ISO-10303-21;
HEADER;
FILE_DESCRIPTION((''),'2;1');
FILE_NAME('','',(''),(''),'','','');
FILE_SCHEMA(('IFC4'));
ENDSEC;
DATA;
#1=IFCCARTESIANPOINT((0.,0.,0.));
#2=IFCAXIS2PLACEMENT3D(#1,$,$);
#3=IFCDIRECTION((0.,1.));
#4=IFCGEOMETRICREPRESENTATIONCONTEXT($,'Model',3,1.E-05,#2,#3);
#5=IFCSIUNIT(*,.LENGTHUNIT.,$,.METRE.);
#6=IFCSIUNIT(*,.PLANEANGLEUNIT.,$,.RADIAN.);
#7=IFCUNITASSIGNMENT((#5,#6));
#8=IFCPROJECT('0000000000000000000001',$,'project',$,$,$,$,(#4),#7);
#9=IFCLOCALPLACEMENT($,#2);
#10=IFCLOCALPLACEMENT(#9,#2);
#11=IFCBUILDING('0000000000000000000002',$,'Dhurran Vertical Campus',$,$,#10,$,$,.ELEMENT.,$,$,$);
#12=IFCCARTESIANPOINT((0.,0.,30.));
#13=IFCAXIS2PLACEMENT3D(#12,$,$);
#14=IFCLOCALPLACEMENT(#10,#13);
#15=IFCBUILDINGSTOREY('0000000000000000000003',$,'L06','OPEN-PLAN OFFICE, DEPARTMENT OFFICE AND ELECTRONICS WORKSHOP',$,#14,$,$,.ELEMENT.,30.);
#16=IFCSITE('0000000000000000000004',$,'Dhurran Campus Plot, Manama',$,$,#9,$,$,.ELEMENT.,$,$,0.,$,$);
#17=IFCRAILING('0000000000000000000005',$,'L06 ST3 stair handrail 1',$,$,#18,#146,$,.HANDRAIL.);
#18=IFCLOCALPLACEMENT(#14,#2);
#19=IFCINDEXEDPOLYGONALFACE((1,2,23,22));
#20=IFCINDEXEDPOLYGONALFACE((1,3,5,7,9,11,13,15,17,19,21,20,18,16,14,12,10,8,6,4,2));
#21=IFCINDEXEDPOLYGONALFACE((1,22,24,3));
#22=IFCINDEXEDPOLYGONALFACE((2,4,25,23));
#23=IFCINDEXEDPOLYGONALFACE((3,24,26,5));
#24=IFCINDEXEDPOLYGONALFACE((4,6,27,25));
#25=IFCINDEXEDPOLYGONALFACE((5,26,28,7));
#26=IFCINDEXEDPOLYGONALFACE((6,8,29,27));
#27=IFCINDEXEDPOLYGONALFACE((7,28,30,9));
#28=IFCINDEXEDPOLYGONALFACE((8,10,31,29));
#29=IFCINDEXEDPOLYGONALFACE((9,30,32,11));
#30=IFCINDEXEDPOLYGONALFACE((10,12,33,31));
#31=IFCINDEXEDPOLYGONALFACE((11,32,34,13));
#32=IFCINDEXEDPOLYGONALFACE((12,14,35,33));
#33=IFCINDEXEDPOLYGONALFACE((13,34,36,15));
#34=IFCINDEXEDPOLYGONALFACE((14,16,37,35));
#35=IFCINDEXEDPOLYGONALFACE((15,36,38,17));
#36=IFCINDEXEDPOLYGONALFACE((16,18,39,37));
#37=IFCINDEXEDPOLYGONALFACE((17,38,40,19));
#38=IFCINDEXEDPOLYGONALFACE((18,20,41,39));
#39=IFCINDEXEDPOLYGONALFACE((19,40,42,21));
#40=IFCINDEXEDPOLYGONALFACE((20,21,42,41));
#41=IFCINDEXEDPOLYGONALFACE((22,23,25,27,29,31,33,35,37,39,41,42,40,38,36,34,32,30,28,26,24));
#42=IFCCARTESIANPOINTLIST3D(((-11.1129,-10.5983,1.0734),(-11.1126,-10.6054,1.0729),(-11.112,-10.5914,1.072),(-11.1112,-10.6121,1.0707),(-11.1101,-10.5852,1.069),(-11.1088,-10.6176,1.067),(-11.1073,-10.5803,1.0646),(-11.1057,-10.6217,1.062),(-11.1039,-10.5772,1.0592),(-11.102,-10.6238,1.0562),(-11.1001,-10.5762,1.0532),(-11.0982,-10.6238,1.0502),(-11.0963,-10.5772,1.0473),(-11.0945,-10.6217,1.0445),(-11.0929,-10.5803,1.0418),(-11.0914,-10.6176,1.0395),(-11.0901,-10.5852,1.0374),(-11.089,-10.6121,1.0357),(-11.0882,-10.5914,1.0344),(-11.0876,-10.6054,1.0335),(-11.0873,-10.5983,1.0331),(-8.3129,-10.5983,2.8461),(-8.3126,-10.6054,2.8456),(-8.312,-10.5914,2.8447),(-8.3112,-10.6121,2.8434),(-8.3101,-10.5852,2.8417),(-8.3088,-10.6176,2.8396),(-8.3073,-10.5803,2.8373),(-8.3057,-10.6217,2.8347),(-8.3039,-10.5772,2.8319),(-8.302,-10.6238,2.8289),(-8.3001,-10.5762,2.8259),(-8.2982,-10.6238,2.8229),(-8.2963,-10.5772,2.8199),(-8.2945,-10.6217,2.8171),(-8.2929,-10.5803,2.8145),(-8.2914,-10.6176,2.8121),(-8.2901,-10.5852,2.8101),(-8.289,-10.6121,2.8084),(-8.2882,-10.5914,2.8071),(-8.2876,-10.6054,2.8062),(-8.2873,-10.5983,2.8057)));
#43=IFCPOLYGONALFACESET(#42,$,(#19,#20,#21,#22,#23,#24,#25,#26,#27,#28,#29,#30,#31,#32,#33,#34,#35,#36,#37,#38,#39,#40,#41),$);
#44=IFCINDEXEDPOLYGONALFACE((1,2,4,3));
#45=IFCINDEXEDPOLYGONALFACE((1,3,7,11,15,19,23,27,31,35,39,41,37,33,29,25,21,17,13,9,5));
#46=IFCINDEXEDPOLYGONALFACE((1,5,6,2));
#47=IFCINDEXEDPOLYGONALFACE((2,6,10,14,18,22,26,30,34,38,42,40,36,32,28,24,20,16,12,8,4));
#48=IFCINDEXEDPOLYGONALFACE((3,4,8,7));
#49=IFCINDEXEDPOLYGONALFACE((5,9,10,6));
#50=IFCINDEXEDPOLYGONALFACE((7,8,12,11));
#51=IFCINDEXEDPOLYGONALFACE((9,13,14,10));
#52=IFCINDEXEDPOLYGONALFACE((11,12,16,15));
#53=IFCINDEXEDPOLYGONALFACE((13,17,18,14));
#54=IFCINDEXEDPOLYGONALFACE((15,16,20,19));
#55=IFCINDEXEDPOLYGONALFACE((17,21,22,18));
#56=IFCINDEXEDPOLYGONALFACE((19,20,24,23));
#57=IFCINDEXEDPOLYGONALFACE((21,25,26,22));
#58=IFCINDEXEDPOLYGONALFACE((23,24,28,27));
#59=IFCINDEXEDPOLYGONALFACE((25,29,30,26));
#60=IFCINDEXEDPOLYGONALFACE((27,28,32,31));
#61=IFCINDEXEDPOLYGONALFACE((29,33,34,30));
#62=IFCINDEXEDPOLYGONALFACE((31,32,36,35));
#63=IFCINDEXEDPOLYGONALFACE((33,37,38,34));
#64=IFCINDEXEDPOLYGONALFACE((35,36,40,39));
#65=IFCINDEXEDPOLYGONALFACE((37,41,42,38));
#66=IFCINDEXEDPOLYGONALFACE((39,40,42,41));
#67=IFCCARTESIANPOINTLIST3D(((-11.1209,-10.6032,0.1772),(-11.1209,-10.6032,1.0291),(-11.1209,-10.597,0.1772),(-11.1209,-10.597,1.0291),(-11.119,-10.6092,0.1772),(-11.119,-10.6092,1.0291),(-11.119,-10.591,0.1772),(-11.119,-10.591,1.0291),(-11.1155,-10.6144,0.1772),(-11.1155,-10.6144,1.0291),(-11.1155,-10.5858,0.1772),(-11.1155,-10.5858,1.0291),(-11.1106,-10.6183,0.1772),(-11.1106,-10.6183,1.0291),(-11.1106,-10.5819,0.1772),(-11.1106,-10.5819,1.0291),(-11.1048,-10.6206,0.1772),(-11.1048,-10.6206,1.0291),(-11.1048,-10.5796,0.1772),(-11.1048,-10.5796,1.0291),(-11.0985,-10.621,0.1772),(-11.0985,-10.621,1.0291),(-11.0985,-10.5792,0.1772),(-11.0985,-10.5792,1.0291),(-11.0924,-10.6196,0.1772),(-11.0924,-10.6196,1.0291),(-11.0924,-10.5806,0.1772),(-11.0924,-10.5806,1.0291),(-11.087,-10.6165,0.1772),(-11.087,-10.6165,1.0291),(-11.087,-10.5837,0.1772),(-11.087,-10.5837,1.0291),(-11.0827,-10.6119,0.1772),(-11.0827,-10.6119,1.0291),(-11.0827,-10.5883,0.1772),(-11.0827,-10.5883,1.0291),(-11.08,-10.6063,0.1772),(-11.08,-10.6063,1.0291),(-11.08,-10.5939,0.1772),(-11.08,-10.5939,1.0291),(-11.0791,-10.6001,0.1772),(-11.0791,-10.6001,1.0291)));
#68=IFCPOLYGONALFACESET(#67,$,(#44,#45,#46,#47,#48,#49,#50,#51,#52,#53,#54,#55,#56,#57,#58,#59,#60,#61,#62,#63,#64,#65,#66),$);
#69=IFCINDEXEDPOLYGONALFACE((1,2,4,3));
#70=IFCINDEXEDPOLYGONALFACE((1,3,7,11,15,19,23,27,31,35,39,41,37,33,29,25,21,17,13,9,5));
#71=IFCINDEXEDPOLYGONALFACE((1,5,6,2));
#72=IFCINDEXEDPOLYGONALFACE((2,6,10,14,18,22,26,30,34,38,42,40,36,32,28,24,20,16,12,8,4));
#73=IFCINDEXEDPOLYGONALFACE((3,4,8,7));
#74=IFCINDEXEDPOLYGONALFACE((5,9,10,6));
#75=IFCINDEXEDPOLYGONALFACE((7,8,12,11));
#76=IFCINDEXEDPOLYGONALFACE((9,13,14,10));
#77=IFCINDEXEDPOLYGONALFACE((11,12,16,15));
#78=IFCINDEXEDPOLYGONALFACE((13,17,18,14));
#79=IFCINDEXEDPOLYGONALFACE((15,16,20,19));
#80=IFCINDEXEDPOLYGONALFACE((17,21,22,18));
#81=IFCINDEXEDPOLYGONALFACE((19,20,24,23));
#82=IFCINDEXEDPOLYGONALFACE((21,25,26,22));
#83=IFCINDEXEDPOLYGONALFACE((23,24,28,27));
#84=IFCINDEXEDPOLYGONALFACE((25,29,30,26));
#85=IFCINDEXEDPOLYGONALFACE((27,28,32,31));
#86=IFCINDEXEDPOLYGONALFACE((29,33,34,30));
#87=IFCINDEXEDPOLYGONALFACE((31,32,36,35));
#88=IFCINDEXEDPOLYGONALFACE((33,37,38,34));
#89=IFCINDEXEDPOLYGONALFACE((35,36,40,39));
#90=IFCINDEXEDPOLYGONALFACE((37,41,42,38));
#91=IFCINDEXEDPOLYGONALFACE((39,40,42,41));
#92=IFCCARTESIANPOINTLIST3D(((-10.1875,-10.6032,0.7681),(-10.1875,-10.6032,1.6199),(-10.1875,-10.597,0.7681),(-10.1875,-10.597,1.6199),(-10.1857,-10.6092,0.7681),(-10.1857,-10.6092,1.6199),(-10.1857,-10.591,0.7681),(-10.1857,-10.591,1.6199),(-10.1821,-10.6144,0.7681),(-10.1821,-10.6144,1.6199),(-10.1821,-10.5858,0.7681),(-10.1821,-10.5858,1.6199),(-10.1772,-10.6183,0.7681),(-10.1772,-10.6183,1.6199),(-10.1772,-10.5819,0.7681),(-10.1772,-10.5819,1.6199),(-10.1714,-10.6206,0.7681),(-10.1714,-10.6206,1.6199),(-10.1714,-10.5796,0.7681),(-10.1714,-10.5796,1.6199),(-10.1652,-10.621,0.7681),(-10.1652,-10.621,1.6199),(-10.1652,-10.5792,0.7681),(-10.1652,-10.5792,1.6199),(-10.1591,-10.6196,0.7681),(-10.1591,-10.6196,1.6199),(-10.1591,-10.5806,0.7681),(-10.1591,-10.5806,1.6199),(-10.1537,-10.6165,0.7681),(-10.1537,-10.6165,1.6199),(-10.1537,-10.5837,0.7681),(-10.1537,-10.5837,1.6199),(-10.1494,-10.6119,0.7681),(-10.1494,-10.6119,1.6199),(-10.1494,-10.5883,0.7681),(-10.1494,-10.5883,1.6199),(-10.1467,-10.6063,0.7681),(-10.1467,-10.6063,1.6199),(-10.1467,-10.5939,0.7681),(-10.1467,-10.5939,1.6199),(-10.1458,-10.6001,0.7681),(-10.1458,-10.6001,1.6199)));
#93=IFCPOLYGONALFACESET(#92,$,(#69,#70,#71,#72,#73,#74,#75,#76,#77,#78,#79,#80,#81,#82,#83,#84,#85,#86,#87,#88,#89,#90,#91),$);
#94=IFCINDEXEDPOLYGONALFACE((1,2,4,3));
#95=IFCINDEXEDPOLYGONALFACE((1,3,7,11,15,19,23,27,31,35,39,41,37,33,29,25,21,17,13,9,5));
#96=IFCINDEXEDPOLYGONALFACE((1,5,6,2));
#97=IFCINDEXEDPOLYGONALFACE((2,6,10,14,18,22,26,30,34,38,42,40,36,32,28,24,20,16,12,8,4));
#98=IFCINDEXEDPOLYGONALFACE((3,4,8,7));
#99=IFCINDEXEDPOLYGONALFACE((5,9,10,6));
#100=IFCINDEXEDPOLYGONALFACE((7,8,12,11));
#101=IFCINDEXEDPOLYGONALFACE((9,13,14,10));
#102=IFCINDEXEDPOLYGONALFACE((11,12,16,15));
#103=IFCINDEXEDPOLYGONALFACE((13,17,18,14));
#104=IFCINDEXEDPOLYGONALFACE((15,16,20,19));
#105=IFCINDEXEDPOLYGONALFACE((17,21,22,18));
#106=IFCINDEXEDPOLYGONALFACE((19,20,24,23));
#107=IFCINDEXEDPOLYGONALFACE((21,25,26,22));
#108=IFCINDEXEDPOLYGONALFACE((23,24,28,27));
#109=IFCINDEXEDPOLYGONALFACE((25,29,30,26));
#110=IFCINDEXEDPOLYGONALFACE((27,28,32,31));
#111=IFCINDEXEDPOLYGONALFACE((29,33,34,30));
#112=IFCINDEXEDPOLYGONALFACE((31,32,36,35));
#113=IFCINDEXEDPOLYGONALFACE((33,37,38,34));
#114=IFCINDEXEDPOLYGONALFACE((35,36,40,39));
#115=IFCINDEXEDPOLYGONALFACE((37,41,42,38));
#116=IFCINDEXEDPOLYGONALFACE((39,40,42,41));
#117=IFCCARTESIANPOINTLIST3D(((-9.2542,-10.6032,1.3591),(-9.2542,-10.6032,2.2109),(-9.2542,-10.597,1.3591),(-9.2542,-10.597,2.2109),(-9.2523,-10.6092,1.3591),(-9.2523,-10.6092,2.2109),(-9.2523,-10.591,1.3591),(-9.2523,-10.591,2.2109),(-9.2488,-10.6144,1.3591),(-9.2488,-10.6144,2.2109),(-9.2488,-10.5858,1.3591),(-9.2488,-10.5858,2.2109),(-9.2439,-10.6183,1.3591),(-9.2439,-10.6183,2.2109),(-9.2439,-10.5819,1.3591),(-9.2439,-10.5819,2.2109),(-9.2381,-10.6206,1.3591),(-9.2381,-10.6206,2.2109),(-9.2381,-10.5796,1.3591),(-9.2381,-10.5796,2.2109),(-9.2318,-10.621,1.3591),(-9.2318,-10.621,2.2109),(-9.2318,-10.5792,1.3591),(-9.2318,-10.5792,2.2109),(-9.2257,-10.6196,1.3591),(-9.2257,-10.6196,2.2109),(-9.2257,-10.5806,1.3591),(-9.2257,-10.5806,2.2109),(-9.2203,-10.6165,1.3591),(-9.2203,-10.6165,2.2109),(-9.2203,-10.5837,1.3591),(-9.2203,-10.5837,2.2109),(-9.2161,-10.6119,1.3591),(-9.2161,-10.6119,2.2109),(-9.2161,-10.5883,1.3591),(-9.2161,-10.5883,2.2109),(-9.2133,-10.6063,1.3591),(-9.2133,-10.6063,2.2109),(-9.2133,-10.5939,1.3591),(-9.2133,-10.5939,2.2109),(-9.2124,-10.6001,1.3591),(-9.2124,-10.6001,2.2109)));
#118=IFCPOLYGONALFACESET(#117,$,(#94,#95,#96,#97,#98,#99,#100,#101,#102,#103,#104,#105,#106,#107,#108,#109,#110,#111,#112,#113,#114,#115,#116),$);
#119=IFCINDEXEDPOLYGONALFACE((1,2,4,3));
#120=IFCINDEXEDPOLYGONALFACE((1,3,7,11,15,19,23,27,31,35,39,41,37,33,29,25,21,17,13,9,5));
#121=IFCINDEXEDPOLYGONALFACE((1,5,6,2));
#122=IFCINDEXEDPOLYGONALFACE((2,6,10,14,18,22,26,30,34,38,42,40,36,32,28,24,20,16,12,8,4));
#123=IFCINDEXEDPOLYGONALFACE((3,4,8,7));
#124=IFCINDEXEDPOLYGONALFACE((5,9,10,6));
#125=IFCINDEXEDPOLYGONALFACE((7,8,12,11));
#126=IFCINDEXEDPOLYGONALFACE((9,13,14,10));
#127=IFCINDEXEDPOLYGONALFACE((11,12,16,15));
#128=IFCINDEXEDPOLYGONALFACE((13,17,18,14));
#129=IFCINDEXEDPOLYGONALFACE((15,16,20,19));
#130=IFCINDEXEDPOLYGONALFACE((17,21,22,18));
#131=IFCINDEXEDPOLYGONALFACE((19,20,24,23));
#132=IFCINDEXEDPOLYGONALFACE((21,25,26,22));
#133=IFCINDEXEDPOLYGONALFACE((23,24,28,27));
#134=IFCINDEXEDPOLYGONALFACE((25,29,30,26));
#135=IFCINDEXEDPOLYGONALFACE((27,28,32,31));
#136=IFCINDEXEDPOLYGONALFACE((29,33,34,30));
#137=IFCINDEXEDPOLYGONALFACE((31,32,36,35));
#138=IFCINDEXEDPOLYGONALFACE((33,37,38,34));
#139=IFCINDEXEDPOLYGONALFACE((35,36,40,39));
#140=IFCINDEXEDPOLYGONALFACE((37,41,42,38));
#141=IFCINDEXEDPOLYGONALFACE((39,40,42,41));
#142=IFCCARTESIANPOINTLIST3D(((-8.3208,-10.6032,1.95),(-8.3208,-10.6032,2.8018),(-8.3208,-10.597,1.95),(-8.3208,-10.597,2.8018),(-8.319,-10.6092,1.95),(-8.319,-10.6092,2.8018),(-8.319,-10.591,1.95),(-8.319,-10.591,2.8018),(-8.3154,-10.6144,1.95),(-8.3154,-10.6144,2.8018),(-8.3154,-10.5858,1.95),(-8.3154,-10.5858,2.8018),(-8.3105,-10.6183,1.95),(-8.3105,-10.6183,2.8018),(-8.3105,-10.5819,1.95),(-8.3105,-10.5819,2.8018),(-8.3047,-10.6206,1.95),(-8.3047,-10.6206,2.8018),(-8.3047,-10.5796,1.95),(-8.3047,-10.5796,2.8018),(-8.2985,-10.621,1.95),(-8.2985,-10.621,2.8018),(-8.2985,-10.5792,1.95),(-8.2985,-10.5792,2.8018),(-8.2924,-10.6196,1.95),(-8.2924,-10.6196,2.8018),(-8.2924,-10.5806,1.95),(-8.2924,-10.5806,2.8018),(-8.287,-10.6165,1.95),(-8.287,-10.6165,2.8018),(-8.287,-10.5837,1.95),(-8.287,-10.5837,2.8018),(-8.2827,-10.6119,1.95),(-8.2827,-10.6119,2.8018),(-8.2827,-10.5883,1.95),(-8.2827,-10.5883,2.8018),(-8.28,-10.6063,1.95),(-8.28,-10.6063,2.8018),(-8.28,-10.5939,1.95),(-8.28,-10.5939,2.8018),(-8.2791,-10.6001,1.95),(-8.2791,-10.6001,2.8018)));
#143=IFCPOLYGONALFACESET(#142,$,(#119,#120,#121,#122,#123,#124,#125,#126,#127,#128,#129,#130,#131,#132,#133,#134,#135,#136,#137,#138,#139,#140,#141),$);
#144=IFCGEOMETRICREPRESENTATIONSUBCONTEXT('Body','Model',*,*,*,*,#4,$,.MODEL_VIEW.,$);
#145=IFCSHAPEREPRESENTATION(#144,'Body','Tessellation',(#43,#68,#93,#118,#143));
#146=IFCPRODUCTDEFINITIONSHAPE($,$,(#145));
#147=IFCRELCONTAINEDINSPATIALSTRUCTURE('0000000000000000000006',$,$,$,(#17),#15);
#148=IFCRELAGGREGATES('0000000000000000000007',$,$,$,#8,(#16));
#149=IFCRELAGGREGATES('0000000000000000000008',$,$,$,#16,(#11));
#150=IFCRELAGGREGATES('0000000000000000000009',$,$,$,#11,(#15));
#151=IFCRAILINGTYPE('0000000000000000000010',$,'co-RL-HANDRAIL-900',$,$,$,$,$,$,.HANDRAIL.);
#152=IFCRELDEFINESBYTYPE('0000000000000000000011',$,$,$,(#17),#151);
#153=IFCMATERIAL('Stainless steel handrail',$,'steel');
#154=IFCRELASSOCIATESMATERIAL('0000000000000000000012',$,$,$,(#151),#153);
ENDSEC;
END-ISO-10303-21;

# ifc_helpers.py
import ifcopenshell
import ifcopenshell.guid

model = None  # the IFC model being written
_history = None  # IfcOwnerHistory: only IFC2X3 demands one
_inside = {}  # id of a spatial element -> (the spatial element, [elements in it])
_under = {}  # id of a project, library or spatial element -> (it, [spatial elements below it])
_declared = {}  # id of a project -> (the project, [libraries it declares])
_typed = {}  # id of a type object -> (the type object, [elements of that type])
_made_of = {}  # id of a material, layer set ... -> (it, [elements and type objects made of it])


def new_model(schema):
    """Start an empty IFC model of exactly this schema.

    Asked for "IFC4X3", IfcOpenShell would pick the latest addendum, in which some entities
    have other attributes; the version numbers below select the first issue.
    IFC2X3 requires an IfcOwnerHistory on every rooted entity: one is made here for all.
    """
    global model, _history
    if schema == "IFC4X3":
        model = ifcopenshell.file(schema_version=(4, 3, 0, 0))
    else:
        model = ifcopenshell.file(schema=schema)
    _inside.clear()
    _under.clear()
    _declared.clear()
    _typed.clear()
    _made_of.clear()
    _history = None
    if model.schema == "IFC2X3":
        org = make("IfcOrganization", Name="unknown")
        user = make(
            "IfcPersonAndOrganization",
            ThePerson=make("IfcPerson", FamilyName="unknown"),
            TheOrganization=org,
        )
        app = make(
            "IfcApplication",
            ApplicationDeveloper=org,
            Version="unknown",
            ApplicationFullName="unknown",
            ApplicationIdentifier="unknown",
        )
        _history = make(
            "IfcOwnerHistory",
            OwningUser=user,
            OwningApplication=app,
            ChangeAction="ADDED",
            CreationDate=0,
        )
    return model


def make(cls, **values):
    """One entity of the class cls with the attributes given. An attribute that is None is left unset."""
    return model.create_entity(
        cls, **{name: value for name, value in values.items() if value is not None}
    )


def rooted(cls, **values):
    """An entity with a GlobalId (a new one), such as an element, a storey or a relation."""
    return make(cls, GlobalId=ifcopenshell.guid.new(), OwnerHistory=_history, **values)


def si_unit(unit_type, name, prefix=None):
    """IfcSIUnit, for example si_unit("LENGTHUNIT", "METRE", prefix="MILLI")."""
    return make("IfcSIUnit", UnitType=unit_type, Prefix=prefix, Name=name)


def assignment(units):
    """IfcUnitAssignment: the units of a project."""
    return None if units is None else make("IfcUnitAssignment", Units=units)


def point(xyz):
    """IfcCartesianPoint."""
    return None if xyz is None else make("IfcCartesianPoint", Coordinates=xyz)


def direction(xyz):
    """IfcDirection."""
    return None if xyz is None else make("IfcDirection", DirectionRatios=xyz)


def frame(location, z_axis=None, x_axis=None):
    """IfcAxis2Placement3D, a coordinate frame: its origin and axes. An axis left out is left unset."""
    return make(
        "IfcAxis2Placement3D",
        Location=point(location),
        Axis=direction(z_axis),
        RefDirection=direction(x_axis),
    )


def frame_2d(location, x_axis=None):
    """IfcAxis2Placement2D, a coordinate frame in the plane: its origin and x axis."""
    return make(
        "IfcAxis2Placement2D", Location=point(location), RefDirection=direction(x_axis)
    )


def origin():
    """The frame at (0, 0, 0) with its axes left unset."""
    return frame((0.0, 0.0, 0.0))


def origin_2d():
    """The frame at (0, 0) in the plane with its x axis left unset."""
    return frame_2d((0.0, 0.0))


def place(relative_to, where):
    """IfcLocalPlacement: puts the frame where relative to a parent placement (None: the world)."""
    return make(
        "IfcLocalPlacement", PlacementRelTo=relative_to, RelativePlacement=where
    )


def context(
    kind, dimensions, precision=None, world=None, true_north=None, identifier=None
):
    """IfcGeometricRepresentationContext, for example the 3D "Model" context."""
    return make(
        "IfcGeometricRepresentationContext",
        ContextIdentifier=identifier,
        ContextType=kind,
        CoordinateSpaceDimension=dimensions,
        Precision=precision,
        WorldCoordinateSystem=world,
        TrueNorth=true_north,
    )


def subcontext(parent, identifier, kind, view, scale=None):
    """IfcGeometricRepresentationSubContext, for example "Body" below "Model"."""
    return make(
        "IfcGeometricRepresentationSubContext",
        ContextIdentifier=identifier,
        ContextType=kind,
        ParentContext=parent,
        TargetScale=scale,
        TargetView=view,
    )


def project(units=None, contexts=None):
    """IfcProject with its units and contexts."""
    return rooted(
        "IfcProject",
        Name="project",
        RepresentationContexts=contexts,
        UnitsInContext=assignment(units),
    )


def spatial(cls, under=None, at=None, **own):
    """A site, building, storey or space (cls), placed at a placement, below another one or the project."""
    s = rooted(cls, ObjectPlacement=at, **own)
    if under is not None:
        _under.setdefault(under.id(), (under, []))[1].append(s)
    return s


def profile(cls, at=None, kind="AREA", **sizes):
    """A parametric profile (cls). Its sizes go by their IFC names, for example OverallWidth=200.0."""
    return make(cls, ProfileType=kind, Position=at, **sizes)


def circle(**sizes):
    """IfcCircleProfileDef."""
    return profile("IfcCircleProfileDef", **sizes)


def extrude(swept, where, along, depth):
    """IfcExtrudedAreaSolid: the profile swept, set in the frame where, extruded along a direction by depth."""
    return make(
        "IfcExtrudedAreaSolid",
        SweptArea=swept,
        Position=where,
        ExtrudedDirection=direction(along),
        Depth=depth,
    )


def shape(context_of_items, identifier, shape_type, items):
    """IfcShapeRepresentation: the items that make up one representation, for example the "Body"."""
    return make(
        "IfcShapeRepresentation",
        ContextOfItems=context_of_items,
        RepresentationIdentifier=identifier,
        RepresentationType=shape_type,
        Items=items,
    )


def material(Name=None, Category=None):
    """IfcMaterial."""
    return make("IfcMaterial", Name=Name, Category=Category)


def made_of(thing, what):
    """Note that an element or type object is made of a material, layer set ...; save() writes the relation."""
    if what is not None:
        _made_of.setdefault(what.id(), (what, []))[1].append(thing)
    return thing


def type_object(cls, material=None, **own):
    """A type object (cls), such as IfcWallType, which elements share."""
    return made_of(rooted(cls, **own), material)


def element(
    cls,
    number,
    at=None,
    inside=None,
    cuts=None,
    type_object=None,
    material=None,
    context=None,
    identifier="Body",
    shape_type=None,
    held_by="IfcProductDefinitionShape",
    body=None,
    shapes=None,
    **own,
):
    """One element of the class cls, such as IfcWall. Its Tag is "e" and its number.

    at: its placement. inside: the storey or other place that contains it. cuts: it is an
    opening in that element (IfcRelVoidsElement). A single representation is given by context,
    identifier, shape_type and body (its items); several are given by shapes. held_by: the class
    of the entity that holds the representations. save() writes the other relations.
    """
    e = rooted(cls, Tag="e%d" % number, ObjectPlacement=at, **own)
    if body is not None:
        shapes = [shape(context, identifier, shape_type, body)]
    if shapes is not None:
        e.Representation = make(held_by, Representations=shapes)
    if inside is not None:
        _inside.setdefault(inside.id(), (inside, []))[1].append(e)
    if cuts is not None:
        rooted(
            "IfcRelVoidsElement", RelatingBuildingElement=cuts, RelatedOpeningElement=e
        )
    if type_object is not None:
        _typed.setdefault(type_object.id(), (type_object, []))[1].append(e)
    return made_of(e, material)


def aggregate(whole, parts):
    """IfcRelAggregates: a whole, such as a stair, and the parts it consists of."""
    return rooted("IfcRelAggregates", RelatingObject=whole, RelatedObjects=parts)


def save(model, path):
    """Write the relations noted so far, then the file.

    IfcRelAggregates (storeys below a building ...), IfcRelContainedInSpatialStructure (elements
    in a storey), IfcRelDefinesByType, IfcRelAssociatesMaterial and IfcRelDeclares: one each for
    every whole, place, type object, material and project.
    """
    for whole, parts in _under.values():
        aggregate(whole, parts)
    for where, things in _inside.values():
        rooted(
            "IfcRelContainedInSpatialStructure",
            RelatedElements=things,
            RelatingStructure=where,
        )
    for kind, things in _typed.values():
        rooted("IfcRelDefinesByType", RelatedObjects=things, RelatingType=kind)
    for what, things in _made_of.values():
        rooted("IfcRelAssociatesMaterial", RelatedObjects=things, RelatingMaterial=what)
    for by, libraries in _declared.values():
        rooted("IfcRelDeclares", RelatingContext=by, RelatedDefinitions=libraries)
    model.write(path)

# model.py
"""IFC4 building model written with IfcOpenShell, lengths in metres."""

from ifc_helpers import new_model, si_unit, direction, frame, origin, origin_2d, place, context, subcontext, project, spatial, circle, extrude, material, type_object, element, save


model = new_model("IFC4")

# Units and contexts
model_context = context("Model", 3, precision=1e-05, world=origin(), true_north=direction((0.0, 1.0)))
body_context = subcontext(model_context, "Body", "Model", "MODEL_VIEW")
ifc_project = project(units=[si_unit("LENGTHUNIT", "METRE"), si_unit("PLANEANGLEUNIT", "RADIAN")], contexts=[model_context])

# Site, building, storey
site_placement = place(None, origin())
site = spatial("IfcSite", under=ifc_project, at=site_placement, Name="Dhurran Campus Plot, Manama", CompositionType="ELEMENT", RefElevation=0.0)
building_placement = place(site_placement, origin())
building = spatial("IfcBuilding", under=site, at=building_placement, Name="Dhurran Vertical Campus", CompositionType="ELEMENT")
storey_placement = place(building_placement, frame((0.0, 0.0, 30.0)))
storey = spatial("IfcBuildingStorey", under=building, at=storey_placement, Name="L06", Description="OPEN-PLAN OFFICE, DEPARTMENT OFFICE AND ELECTRONICS WORKSHOP", CompositionType="ELEMENT", Elevation=30.0)

# Railing
ifc_material_1 = material(Name="Stainless steel handrail", Category="steel")
railing_type_1 = type_object("IfcRailingType", Name="co-RL-HANDRAIL-900", PredefinedType="HANDRAIL", material=ifc_material_1)
railing_1_placement = place(storey_placement, frame((-11.1001, -10.6001, 0.1772)))
element("IfcRailing", 1, at=railing_1_placement, inside=storey, type_object=railing_type_1, Name="L06 ST3 stair handrail 1", PredefinedType="HANDRAIL", context=body_context, shape_type="SweptSolid", body=[
    extrude(circle(Radius=0.0239, at=origin_2d()), frame((0.0, 0.0, 0.876), z_axis=(0.844909, 0.0, 0.53491), x_axis=(0.0, 1.0, 0.0)), (0.0, 0.0, 1.0), 3.314),
    extrude(circle(Radius=0.021, at=origin_2d()), origin(), (0.0, 0.0, 1.0), 0.8518),
    extrude(circle(Radius=0.021, at=origin_2d()), frame((0.9333, 0.0, 0.5908)), (0.0, 0.0, 1.0), 0.8518),
    extrude(circle(Radius=0.021, at=origin_2d()), frame((1.8667, 0.0, 1.1819)), (0.0, 0.0, 1.0), 0.8518),
    extrude(circle(Radius=0.021, at=origin_2d()), frame((2.8, 0.0, 1.7727)), (0.0, 0.0, 1.0), 0.8518),
])

save(model, "model.ifc")
